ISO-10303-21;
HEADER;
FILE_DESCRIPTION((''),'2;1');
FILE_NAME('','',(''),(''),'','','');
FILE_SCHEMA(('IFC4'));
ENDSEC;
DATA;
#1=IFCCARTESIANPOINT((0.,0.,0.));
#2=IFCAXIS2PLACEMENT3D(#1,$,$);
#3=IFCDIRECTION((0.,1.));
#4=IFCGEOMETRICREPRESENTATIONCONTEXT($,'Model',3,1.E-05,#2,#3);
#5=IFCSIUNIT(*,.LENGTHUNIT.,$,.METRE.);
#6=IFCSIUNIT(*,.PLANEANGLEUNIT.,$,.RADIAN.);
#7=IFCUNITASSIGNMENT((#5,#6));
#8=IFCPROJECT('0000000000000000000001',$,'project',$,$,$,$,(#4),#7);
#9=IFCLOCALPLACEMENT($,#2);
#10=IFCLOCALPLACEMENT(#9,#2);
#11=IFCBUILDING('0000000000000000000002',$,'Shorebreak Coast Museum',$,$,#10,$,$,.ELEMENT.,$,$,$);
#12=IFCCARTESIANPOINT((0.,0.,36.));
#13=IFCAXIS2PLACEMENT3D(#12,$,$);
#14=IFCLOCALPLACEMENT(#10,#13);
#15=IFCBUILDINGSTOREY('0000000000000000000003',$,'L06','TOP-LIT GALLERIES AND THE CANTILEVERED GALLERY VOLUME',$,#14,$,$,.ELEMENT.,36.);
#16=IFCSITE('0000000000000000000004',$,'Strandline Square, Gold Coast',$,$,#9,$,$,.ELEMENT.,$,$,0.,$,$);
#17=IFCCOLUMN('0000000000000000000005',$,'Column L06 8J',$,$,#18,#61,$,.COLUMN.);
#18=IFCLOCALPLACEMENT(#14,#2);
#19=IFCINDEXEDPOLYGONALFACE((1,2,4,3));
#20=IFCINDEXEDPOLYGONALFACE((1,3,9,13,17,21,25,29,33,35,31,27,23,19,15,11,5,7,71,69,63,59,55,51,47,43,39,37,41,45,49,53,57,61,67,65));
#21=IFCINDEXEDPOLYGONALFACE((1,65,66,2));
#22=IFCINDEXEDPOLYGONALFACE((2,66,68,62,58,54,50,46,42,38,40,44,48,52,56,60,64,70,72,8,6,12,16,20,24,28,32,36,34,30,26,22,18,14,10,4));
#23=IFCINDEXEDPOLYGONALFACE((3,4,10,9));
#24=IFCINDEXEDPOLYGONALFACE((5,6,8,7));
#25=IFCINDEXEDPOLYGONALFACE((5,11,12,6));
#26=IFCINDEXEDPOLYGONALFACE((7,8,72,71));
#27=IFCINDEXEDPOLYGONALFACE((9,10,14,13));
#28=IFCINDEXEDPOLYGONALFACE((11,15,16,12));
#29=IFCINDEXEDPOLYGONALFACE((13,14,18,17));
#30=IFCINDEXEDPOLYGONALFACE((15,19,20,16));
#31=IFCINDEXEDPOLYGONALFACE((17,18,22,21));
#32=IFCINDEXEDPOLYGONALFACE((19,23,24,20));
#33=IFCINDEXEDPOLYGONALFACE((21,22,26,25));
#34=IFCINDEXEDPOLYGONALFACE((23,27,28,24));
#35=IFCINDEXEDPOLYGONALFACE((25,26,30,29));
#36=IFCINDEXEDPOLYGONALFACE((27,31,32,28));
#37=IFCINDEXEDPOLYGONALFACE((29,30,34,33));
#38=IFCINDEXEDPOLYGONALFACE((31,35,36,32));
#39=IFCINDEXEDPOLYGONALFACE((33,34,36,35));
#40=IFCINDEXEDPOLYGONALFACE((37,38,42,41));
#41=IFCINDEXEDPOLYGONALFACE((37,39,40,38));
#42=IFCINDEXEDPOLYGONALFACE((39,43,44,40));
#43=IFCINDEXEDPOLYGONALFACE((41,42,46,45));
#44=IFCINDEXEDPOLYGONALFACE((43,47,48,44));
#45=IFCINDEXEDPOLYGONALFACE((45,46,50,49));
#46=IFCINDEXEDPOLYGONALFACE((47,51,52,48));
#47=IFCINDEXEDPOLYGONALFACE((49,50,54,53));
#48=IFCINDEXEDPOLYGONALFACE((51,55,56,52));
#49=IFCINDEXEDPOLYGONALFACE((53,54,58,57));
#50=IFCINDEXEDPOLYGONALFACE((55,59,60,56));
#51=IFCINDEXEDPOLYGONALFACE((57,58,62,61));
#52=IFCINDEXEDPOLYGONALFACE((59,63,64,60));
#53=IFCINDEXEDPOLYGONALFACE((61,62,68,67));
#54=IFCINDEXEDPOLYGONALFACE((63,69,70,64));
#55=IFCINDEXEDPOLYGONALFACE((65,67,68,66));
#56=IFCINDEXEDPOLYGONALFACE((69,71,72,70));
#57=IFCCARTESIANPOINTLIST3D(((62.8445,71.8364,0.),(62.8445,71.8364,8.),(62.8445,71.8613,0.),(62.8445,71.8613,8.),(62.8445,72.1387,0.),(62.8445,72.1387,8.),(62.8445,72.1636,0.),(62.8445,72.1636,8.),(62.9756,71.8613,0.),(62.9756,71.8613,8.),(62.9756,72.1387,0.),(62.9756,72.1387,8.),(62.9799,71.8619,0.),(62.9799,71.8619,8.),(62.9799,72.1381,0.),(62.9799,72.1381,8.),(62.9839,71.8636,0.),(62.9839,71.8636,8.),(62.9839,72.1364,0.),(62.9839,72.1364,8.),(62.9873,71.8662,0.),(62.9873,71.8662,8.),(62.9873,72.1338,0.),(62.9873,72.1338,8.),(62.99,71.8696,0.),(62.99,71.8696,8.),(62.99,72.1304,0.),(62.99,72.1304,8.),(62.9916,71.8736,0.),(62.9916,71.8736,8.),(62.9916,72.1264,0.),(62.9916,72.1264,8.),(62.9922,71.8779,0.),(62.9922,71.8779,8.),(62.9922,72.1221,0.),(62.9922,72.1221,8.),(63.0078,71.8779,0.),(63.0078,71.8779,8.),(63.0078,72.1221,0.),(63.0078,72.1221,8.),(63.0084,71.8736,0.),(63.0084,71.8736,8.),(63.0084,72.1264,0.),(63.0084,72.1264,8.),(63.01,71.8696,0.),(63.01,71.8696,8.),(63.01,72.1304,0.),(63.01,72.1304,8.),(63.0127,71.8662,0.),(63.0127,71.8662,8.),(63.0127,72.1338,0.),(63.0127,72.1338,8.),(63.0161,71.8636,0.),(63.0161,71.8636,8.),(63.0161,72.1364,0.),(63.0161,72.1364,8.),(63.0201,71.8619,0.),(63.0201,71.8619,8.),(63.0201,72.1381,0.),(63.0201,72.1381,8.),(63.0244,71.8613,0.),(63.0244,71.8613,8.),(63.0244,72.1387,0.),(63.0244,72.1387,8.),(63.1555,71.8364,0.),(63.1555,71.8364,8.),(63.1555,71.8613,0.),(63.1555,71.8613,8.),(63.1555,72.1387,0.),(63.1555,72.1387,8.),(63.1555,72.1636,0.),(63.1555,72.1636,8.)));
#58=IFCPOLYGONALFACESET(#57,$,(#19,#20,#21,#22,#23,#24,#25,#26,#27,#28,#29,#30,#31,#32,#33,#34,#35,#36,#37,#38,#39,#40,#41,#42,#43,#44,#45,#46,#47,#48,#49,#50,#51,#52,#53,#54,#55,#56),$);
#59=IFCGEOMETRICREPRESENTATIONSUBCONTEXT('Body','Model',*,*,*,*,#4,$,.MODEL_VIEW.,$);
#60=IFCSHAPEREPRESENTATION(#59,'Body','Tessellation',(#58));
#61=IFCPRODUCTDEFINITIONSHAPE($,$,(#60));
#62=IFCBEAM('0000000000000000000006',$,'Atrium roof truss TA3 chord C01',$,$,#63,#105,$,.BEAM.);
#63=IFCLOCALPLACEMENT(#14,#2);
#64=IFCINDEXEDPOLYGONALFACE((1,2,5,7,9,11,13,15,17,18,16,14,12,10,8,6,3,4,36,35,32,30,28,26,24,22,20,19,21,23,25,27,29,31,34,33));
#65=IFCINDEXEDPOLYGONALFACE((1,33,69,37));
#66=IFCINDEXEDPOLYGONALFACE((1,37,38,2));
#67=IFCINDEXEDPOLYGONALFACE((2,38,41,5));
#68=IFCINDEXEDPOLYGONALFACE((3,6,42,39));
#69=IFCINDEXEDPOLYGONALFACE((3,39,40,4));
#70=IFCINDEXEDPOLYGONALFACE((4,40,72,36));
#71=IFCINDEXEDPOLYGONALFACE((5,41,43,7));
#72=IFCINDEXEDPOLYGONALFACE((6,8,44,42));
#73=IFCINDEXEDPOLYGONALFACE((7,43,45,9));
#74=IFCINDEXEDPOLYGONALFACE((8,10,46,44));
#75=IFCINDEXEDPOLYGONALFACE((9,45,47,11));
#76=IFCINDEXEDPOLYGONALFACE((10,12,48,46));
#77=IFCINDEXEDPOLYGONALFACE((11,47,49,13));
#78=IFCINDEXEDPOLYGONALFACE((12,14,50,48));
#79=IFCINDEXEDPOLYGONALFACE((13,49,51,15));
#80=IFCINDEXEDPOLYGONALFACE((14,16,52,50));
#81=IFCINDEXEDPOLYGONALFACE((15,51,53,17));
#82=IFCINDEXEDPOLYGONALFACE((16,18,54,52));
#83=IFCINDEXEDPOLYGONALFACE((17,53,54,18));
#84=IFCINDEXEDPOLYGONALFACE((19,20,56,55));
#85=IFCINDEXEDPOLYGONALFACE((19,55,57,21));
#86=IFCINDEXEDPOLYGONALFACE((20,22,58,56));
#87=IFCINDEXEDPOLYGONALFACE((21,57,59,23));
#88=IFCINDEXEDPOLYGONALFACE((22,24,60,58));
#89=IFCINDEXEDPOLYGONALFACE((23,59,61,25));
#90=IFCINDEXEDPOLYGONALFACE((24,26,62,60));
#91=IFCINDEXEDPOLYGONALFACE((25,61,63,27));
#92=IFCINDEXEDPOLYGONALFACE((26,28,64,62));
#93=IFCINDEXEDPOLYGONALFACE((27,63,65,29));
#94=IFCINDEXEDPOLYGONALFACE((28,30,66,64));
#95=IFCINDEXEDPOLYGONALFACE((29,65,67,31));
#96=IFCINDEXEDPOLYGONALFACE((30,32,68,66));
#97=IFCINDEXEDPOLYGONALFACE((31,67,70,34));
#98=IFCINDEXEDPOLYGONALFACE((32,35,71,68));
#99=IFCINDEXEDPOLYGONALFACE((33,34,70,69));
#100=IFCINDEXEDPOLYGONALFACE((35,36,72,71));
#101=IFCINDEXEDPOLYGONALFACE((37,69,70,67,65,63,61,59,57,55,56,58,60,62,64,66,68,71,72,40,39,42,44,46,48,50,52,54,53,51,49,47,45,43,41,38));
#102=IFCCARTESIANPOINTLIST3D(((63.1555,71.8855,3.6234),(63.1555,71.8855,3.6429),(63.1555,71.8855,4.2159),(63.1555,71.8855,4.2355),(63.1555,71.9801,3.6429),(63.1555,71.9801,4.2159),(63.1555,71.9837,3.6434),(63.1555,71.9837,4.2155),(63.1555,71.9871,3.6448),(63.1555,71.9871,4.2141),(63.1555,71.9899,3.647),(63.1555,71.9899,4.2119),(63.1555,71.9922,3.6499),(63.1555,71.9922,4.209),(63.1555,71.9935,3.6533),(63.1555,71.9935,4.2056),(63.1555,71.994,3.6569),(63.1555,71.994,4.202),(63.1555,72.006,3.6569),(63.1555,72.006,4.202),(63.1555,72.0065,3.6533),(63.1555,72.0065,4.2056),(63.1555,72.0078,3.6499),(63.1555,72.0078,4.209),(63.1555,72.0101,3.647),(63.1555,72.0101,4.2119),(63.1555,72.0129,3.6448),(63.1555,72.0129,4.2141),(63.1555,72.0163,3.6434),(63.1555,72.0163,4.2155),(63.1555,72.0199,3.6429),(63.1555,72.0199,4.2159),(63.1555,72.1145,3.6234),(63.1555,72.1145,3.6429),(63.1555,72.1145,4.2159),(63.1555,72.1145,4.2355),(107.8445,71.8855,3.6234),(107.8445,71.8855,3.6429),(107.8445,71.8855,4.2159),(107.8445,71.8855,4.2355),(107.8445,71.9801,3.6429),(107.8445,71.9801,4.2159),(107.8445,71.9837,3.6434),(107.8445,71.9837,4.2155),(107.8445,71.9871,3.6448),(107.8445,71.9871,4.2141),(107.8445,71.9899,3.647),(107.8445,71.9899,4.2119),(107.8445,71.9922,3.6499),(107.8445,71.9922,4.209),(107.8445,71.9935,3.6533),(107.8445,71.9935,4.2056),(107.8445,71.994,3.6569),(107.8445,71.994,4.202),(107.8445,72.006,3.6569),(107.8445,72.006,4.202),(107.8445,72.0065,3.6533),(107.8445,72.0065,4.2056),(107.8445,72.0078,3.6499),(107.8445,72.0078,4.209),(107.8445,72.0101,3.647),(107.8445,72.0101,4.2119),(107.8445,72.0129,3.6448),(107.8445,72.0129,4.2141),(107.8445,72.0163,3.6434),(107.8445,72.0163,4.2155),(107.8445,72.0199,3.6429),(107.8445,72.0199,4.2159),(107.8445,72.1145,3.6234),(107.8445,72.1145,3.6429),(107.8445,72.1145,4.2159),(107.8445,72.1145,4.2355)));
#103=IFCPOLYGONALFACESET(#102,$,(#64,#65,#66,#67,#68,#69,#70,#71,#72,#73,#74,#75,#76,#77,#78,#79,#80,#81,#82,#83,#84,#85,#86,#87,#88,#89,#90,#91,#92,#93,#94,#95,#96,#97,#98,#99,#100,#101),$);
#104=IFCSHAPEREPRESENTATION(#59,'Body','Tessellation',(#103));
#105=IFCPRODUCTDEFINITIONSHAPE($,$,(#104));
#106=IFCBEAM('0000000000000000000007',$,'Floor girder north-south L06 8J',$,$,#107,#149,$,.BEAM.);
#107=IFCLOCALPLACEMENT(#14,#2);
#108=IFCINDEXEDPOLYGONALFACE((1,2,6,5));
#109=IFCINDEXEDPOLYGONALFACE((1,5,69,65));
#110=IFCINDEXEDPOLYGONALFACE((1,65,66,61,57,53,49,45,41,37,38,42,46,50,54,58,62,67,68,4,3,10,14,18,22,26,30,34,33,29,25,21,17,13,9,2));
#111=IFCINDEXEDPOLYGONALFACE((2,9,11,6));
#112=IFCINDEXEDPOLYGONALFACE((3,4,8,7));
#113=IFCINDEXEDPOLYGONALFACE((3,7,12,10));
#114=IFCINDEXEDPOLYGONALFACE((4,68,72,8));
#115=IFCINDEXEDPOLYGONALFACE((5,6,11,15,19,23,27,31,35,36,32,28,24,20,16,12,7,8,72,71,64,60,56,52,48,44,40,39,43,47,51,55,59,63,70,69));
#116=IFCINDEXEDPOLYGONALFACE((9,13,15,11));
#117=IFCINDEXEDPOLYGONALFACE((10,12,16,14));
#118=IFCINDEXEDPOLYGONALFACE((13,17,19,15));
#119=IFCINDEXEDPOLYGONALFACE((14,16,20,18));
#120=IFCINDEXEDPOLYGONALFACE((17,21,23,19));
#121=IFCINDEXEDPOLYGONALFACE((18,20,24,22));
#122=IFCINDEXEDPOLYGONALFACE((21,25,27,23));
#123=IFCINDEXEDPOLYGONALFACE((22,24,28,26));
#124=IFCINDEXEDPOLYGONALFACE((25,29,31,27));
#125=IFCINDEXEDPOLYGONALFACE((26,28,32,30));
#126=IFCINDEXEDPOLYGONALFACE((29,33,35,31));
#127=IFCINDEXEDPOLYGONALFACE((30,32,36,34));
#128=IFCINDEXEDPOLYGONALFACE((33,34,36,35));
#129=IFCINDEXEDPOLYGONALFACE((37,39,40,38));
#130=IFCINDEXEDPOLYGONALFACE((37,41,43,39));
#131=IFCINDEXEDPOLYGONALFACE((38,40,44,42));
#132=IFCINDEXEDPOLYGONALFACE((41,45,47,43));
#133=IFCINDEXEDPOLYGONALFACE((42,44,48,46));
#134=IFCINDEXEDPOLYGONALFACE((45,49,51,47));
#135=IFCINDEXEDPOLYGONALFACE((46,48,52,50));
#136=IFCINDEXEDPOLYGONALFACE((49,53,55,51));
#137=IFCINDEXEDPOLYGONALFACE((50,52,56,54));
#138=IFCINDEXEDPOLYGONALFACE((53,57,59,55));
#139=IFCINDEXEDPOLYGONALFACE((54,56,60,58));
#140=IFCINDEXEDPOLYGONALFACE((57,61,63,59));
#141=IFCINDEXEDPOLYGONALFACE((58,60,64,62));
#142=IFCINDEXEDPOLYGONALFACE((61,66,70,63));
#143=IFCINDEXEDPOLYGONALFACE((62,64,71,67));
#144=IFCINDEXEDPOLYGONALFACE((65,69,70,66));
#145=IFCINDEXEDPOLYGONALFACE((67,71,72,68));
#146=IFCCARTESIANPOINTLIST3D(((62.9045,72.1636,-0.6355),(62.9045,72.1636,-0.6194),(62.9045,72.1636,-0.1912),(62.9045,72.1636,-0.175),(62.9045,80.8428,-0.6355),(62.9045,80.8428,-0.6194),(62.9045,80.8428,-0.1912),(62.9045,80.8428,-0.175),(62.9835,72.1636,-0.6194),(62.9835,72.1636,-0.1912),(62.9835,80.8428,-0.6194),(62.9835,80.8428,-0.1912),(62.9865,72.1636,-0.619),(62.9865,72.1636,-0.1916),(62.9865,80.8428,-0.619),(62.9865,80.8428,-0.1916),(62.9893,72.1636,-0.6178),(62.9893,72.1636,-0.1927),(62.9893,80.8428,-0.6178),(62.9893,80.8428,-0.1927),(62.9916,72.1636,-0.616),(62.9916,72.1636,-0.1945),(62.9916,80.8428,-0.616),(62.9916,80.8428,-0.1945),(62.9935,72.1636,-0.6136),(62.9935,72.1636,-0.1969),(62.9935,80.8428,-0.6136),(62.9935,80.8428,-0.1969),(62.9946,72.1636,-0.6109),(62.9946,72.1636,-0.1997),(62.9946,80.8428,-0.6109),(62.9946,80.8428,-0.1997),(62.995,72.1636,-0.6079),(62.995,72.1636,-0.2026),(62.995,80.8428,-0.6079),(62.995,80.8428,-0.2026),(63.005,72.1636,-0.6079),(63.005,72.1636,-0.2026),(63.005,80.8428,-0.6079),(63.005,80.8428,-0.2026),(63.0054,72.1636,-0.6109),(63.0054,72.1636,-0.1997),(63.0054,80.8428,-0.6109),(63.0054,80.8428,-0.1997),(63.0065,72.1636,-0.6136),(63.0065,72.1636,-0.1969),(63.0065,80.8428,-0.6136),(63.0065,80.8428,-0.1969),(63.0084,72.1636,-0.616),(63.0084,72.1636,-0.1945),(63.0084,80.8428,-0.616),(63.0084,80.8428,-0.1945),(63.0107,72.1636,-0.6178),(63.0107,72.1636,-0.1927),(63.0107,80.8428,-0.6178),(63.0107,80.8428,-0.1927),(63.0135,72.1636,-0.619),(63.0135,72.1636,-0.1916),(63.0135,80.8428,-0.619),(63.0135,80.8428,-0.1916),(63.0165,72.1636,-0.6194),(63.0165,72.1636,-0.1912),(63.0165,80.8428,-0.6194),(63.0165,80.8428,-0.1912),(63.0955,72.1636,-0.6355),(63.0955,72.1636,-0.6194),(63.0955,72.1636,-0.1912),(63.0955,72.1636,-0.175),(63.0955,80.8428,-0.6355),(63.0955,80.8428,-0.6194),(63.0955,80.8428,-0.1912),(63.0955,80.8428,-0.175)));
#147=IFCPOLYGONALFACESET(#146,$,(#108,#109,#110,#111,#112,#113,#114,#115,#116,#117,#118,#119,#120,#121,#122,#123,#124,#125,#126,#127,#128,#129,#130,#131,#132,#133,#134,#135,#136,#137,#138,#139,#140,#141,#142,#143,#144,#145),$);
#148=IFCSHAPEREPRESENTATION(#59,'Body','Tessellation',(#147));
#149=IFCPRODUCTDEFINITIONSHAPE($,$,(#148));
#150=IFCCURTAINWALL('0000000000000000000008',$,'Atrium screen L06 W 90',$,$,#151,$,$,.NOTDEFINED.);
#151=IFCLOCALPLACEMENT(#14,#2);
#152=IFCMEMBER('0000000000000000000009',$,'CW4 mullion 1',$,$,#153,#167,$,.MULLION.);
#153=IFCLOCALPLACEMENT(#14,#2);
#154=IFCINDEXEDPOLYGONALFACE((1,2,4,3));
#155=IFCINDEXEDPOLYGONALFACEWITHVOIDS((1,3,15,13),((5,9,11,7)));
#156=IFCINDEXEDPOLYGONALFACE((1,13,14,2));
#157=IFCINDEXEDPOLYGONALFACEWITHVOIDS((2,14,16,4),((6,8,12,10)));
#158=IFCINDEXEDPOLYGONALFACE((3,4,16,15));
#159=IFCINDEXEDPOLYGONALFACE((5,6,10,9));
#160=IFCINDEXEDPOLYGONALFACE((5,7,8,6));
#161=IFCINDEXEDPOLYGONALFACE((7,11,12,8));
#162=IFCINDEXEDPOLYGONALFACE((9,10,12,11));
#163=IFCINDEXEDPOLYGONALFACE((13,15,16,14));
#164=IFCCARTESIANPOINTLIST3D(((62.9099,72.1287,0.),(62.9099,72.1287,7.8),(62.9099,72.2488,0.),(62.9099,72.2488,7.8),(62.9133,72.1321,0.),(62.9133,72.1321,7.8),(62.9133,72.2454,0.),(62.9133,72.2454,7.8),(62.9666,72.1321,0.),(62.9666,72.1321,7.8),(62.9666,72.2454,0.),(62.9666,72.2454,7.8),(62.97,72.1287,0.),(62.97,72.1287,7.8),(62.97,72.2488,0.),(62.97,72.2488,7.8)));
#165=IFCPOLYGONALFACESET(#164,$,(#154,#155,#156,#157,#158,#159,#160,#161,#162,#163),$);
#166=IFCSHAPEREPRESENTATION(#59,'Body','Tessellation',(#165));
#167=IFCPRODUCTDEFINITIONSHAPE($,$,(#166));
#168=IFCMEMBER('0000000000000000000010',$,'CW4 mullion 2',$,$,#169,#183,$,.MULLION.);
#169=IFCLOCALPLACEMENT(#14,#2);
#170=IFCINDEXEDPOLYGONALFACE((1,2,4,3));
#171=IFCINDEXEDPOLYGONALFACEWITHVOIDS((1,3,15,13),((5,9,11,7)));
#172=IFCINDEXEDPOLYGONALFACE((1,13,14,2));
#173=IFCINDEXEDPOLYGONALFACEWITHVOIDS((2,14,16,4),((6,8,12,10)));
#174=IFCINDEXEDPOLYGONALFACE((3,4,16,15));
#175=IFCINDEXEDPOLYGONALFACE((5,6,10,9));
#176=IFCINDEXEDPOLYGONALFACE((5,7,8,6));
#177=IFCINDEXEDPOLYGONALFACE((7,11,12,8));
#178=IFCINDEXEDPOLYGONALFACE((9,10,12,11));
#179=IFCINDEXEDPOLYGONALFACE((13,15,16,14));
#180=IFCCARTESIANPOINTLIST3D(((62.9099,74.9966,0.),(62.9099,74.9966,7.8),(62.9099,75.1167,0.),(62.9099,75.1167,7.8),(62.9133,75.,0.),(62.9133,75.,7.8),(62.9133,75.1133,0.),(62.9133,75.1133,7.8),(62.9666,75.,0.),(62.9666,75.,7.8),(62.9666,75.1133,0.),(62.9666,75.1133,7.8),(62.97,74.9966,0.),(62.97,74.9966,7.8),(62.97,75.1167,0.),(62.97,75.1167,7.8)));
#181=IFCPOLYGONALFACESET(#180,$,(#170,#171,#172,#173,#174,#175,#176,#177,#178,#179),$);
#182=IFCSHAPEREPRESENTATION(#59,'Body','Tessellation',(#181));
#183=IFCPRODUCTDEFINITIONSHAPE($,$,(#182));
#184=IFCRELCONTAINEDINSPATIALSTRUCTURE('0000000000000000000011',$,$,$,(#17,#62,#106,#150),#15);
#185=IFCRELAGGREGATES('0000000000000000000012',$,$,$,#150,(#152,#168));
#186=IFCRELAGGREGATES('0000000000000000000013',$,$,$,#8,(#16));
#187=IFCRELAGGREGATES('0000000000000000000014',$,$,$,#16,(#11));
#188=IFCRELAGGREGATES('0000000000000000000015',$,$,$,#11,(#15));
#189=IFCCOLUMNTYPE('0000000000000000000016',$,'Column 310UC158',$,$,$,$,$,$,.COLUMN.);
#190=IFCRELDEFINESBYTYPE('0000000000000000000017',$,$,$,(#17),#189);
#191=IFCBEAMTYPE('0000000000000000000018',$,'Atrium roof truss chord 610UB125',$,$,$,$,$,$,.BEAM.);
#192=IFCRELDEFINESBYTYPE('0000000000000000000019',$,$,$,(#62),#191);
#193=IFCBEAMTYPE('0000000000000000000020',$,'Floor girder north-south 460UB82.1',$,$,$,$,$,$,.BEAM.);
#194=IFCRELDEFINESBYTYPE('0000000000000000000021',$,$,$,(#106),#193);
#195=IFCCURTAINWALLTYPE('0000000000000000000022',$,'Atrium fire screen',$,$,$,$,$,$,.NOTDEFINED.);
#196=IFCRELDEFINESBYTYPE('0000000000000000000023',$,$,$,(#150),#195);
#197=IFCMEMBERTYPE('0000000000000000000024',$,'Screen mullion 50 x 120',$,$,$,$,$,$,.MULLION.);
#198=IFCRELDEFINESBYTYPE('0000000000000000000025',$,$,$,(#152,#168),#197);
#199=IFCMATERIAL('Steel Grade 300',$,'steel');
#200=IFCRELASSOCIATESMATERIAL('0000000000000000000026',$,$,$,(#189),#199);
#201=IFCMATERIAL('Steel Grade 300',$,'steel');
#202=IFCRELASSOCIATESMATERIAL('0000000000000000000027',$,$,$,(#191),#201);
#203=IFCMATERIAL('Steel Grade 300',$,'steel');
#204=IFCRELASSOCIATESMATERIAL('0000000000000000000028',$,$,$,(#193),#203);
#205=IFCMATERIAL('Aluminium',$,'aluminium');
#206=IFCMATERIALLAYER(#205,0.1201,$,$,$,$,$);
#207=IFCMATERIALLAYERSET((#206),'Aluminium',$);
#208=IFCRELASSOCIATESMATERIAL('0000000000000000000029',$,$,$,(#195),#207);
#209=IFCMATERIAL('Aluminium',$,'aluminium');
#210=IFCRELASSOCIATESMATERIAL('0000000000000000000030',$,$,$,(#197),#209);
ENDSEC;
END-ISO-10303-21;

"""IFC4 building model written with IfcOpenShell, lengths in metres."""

from ifc_helpers import new_model, si_unit, direction, frame, origin, origin_2d, place, context, subcontext, project, spatial, hollow_rectangle, i_section, extrude, material, layer, layer_set, material_profile, profile_set, type_object, element, aggregate, save


model = new_model("IFC4")

# Units and contexts
model_context = context("Model", 3, precision=1e-05, world=origin(), true_north=direction((0.0, 1.0)))
body_context = subcontext(model_context, "Body", "Model", "MODEL_VIEW")
ifc_project = project(units=[si_unit("LENGTHUNIT", "METRE"), si_unit("PLANEANGLEUNIT", "RADIAN")], contexts=[model_context])

# Site, building, storey
site_placement = place(None, origin())
site = spatial("IfcSite", under=ifc_project, at=site_placement, Name="Strandline Square, Gold Coast", CompositionType="ELEMENT", RefElevation=0.0)
building_placement = place(site_placement, origin())
building = spatial("IfcBuilding", under=site, at=building_placement, Name="Shorebreak Coast Museum", CompositionType="ELEMENT")
storey_placement = place(building_placement, frame((0.0, 0.0, 36.0)))
storey = spatial("IfcBuildingStorey", under=building, at=storey_placement, Name="L06", Description="TOP-LIT GALLERIES AND THE CANTILEVERED GALLERY VOLUME", CompositionType="ELEMENT", Elevation=36.0)

# Column
ifc_material_1 = material(Name="Steel Grade 300", Category="steel")
ifc_material_profile_1 = material_profile(ifc_material_1, i_section(OverallWidth=0.311, OverallDepth=0.3271, WebThickness=0.0156, FlangeThickness=0.0249, FilletRadius=0.0166, at=origin_2d()), Name="310UC158")
ifc_profile_set_1 = profile_set([ifc_material_profile_1], Name="Steel Grade 300")
column_type = type_object("IfcColumnType", Name="Column 310UC158", PredefinedType="COLUMN", material=ifc_profile_set_1)
column_placement = place(storey_placement, frame((63.0, 72.0, 0.0), z_axis=(0.0, 0.0, 1.0), x_axis=(1.0, 0.0, 0.0)))
element("IfcColumn", 1, at=column_placement, inside=storey, type_object=column_type, Name="Column L06 8J", PredefinedType="COLUMN", context=body_context, shape_type="SweptSolid", body=[
    extrude(i_section(OverallWidth=0.311, OverallDepth=0.3271, WebThickness=0.0156, FlangeThickness=0.0249, FilletRadius=0.0166, at=origin_2d()), origin(), (0.0, 0.0, 1.0), 8.0),
])

# Beams
ifc_material_2 = material(Name="Steel Grade 300", Category="steel")
ifc_material_profile_2 = material_profile(ifc_material_2, i_section(OverallWidth=0.229, OverallDepth=0.6121, WebThickness=0.012, FlangeThickness=0.0195, FilletRadius=0.0139, at=origin_2d()), Name="610UB125")
ifc_profile_set_2 = profile_set([ifc_material_profile_2], Name="Steel Grade 300")
beam_type_1 = type_object("IfcBeamType", Name="Atrium roof truss chord 610UB125", PredefinedType="BEAM", material=ifc_profile_set_2)
beam_1_placement = place(storey_placement, frame((63.1555, 72.0, 3.9294), z_axis=(1.0, 0.0, 0.0), x_axis=(0.0, 1.0, 0.0)))
element("IfcBeam", 2, at=beam_1_placement, inside=storey, type_object=beam_type_1, Name="Atrium roof truss TA3 chord C01", PredefinedType="BEAM", context=body_context, shape_type="SweptSolid", body=[
    extrude(i_section(OverallWidth=0.229, OverallDepth=0.6121, WebThickness=0.012, FlangeThickness=0.0195, FilletRadius=0.0139, at=origin_2d()), origin(), (0.0, 0.0, 1.0), 44.689),
])
ifc_material_3 = material(Name="Steel Grade 300", Category="steel")
ifc_material_profile_3 = material_profile(ifc_material_3, i_section(OverallWidth=0.1909, OverallDepth=0.4604, WebThickness=0.01, FlangeThickness=0.0161, FilletRadius=0.0115, at=origin_2d()), Name="460UB82.1")
ifc_profile_set_3 = profile_set([ifc_material_profile_3], Name="Steel Grade 300")
beam_type_2 = type_object("IfcBeamType", Name="Floor girder north-south 460UB82.1", PredefinedType="BEAM", material=ifc_profile_set_3)
beam_2_placement = place(storey_placement, frame((63.0, 72.1636, -0.4053), z_axis=(0.0, 1.0, 0.0), x_axis=(-1.0, 0.0, 0.0)))
element("IfcBeam", 3, at=beam_2_placement, inside=storey, type_object=beam_type_2, Name="Floor girder north-south L06 8J", PredefinedType="BEAM", context=body_context, shape_type="SweptSolid", body=[
    extrude(i_section(OverallWidth=0.1909, OverallDepth=0.4604, WebThickness=0.01, FlangeThickness=0.0161, FilletRadius=0.0115, at=origin_2d()), origin(), (0.0, 0.0, 1.0), 8.6792),
])

# Curtain wall, members
ifc_material_4 = material(Name="Aluminium", Category="aluminium")
ifc_layer_1 = layer(ifc_material_4, 0.1201)
ifc_layer_set_1 = layer_set([ifc_layer_1], Name="Aluminium")
curtain_wall_type = type_object("IfcCurtainWallType", Name="Atrium fire screen", PredefinedType="NOTDEFINED", material=ifc_layer_set_1)
curtain_wall_placement = place(storey_placement, origin())
curtain_wall = element("IfcCurtainWall", 4, at=curtain_wall_placement, inside=storey, type_object=curtain_wall_type, Name="Atrium screen L06 W 90", PredefinedType="NOTDEFINED")
ifc_material_5 = material(Name="Aluminium", Category="aluminium")
ifc_material_profile_4 = material_profile(ifc_material_5, hollow_rectangle(XDim=0.0601, YDim=0.1201, WallThickness=0.0034, at=origin_2d()), Name="AL 120x60 RHS")
ifc_profile_set_4 = profile_set([ifc_material_profile_4], Name="Aluminium")
member_type_1 = type_object("IfcMemberType", Name="Screen mullion 50 x 120", PredefinedType="MULLION", material=ifc_profile_set_4)
member_1_placement = place(storey_placement, frame((62.9399, 72.1887, 0.0), z_axis=(0.0, 0.0, 1.0), x_axis=(-1.0, 0.0, 0.0)))
member_1 = element("IfcMember", 5, at=member_1_placement, type_object=member_type_1, Name="CW4 mullion 1", PredefinedType="MULLION", context=body_context, shape_type="SweptSolid", body=[
    extrude(hollow_rectangle(XDim=0.0601, YDim=0.1201, WallThickness=0.0034, at=origin_2d()), origin(), (0.0, 0.0, 1.0), 7.8),
])
member_2_placement = place(storey_placement, frame((62.9399, 75.0566, 0.0), z_axis=(0.0, 0.0, 1.0), x_axis=(-1.0, 0.0, 0.0)))
member_2 = element("IfcMember", 6, at=member_2_placement, type_object=member_type_1, Name="CW4 mullion 2", PredefinedType="MULLION", context=body_context, shape_type="SweptSolid", body=[
    extrude(hollow_rectangle(XDim=0.0601, YDim=0.1201, WallThickness=0.0034, at=origin_2d()), origin(), (0.0, 0.0, 1.0), 7.8),
])
aggregate(curtain_wall, [member_1, member_2])

save(model, "model.ifc")
